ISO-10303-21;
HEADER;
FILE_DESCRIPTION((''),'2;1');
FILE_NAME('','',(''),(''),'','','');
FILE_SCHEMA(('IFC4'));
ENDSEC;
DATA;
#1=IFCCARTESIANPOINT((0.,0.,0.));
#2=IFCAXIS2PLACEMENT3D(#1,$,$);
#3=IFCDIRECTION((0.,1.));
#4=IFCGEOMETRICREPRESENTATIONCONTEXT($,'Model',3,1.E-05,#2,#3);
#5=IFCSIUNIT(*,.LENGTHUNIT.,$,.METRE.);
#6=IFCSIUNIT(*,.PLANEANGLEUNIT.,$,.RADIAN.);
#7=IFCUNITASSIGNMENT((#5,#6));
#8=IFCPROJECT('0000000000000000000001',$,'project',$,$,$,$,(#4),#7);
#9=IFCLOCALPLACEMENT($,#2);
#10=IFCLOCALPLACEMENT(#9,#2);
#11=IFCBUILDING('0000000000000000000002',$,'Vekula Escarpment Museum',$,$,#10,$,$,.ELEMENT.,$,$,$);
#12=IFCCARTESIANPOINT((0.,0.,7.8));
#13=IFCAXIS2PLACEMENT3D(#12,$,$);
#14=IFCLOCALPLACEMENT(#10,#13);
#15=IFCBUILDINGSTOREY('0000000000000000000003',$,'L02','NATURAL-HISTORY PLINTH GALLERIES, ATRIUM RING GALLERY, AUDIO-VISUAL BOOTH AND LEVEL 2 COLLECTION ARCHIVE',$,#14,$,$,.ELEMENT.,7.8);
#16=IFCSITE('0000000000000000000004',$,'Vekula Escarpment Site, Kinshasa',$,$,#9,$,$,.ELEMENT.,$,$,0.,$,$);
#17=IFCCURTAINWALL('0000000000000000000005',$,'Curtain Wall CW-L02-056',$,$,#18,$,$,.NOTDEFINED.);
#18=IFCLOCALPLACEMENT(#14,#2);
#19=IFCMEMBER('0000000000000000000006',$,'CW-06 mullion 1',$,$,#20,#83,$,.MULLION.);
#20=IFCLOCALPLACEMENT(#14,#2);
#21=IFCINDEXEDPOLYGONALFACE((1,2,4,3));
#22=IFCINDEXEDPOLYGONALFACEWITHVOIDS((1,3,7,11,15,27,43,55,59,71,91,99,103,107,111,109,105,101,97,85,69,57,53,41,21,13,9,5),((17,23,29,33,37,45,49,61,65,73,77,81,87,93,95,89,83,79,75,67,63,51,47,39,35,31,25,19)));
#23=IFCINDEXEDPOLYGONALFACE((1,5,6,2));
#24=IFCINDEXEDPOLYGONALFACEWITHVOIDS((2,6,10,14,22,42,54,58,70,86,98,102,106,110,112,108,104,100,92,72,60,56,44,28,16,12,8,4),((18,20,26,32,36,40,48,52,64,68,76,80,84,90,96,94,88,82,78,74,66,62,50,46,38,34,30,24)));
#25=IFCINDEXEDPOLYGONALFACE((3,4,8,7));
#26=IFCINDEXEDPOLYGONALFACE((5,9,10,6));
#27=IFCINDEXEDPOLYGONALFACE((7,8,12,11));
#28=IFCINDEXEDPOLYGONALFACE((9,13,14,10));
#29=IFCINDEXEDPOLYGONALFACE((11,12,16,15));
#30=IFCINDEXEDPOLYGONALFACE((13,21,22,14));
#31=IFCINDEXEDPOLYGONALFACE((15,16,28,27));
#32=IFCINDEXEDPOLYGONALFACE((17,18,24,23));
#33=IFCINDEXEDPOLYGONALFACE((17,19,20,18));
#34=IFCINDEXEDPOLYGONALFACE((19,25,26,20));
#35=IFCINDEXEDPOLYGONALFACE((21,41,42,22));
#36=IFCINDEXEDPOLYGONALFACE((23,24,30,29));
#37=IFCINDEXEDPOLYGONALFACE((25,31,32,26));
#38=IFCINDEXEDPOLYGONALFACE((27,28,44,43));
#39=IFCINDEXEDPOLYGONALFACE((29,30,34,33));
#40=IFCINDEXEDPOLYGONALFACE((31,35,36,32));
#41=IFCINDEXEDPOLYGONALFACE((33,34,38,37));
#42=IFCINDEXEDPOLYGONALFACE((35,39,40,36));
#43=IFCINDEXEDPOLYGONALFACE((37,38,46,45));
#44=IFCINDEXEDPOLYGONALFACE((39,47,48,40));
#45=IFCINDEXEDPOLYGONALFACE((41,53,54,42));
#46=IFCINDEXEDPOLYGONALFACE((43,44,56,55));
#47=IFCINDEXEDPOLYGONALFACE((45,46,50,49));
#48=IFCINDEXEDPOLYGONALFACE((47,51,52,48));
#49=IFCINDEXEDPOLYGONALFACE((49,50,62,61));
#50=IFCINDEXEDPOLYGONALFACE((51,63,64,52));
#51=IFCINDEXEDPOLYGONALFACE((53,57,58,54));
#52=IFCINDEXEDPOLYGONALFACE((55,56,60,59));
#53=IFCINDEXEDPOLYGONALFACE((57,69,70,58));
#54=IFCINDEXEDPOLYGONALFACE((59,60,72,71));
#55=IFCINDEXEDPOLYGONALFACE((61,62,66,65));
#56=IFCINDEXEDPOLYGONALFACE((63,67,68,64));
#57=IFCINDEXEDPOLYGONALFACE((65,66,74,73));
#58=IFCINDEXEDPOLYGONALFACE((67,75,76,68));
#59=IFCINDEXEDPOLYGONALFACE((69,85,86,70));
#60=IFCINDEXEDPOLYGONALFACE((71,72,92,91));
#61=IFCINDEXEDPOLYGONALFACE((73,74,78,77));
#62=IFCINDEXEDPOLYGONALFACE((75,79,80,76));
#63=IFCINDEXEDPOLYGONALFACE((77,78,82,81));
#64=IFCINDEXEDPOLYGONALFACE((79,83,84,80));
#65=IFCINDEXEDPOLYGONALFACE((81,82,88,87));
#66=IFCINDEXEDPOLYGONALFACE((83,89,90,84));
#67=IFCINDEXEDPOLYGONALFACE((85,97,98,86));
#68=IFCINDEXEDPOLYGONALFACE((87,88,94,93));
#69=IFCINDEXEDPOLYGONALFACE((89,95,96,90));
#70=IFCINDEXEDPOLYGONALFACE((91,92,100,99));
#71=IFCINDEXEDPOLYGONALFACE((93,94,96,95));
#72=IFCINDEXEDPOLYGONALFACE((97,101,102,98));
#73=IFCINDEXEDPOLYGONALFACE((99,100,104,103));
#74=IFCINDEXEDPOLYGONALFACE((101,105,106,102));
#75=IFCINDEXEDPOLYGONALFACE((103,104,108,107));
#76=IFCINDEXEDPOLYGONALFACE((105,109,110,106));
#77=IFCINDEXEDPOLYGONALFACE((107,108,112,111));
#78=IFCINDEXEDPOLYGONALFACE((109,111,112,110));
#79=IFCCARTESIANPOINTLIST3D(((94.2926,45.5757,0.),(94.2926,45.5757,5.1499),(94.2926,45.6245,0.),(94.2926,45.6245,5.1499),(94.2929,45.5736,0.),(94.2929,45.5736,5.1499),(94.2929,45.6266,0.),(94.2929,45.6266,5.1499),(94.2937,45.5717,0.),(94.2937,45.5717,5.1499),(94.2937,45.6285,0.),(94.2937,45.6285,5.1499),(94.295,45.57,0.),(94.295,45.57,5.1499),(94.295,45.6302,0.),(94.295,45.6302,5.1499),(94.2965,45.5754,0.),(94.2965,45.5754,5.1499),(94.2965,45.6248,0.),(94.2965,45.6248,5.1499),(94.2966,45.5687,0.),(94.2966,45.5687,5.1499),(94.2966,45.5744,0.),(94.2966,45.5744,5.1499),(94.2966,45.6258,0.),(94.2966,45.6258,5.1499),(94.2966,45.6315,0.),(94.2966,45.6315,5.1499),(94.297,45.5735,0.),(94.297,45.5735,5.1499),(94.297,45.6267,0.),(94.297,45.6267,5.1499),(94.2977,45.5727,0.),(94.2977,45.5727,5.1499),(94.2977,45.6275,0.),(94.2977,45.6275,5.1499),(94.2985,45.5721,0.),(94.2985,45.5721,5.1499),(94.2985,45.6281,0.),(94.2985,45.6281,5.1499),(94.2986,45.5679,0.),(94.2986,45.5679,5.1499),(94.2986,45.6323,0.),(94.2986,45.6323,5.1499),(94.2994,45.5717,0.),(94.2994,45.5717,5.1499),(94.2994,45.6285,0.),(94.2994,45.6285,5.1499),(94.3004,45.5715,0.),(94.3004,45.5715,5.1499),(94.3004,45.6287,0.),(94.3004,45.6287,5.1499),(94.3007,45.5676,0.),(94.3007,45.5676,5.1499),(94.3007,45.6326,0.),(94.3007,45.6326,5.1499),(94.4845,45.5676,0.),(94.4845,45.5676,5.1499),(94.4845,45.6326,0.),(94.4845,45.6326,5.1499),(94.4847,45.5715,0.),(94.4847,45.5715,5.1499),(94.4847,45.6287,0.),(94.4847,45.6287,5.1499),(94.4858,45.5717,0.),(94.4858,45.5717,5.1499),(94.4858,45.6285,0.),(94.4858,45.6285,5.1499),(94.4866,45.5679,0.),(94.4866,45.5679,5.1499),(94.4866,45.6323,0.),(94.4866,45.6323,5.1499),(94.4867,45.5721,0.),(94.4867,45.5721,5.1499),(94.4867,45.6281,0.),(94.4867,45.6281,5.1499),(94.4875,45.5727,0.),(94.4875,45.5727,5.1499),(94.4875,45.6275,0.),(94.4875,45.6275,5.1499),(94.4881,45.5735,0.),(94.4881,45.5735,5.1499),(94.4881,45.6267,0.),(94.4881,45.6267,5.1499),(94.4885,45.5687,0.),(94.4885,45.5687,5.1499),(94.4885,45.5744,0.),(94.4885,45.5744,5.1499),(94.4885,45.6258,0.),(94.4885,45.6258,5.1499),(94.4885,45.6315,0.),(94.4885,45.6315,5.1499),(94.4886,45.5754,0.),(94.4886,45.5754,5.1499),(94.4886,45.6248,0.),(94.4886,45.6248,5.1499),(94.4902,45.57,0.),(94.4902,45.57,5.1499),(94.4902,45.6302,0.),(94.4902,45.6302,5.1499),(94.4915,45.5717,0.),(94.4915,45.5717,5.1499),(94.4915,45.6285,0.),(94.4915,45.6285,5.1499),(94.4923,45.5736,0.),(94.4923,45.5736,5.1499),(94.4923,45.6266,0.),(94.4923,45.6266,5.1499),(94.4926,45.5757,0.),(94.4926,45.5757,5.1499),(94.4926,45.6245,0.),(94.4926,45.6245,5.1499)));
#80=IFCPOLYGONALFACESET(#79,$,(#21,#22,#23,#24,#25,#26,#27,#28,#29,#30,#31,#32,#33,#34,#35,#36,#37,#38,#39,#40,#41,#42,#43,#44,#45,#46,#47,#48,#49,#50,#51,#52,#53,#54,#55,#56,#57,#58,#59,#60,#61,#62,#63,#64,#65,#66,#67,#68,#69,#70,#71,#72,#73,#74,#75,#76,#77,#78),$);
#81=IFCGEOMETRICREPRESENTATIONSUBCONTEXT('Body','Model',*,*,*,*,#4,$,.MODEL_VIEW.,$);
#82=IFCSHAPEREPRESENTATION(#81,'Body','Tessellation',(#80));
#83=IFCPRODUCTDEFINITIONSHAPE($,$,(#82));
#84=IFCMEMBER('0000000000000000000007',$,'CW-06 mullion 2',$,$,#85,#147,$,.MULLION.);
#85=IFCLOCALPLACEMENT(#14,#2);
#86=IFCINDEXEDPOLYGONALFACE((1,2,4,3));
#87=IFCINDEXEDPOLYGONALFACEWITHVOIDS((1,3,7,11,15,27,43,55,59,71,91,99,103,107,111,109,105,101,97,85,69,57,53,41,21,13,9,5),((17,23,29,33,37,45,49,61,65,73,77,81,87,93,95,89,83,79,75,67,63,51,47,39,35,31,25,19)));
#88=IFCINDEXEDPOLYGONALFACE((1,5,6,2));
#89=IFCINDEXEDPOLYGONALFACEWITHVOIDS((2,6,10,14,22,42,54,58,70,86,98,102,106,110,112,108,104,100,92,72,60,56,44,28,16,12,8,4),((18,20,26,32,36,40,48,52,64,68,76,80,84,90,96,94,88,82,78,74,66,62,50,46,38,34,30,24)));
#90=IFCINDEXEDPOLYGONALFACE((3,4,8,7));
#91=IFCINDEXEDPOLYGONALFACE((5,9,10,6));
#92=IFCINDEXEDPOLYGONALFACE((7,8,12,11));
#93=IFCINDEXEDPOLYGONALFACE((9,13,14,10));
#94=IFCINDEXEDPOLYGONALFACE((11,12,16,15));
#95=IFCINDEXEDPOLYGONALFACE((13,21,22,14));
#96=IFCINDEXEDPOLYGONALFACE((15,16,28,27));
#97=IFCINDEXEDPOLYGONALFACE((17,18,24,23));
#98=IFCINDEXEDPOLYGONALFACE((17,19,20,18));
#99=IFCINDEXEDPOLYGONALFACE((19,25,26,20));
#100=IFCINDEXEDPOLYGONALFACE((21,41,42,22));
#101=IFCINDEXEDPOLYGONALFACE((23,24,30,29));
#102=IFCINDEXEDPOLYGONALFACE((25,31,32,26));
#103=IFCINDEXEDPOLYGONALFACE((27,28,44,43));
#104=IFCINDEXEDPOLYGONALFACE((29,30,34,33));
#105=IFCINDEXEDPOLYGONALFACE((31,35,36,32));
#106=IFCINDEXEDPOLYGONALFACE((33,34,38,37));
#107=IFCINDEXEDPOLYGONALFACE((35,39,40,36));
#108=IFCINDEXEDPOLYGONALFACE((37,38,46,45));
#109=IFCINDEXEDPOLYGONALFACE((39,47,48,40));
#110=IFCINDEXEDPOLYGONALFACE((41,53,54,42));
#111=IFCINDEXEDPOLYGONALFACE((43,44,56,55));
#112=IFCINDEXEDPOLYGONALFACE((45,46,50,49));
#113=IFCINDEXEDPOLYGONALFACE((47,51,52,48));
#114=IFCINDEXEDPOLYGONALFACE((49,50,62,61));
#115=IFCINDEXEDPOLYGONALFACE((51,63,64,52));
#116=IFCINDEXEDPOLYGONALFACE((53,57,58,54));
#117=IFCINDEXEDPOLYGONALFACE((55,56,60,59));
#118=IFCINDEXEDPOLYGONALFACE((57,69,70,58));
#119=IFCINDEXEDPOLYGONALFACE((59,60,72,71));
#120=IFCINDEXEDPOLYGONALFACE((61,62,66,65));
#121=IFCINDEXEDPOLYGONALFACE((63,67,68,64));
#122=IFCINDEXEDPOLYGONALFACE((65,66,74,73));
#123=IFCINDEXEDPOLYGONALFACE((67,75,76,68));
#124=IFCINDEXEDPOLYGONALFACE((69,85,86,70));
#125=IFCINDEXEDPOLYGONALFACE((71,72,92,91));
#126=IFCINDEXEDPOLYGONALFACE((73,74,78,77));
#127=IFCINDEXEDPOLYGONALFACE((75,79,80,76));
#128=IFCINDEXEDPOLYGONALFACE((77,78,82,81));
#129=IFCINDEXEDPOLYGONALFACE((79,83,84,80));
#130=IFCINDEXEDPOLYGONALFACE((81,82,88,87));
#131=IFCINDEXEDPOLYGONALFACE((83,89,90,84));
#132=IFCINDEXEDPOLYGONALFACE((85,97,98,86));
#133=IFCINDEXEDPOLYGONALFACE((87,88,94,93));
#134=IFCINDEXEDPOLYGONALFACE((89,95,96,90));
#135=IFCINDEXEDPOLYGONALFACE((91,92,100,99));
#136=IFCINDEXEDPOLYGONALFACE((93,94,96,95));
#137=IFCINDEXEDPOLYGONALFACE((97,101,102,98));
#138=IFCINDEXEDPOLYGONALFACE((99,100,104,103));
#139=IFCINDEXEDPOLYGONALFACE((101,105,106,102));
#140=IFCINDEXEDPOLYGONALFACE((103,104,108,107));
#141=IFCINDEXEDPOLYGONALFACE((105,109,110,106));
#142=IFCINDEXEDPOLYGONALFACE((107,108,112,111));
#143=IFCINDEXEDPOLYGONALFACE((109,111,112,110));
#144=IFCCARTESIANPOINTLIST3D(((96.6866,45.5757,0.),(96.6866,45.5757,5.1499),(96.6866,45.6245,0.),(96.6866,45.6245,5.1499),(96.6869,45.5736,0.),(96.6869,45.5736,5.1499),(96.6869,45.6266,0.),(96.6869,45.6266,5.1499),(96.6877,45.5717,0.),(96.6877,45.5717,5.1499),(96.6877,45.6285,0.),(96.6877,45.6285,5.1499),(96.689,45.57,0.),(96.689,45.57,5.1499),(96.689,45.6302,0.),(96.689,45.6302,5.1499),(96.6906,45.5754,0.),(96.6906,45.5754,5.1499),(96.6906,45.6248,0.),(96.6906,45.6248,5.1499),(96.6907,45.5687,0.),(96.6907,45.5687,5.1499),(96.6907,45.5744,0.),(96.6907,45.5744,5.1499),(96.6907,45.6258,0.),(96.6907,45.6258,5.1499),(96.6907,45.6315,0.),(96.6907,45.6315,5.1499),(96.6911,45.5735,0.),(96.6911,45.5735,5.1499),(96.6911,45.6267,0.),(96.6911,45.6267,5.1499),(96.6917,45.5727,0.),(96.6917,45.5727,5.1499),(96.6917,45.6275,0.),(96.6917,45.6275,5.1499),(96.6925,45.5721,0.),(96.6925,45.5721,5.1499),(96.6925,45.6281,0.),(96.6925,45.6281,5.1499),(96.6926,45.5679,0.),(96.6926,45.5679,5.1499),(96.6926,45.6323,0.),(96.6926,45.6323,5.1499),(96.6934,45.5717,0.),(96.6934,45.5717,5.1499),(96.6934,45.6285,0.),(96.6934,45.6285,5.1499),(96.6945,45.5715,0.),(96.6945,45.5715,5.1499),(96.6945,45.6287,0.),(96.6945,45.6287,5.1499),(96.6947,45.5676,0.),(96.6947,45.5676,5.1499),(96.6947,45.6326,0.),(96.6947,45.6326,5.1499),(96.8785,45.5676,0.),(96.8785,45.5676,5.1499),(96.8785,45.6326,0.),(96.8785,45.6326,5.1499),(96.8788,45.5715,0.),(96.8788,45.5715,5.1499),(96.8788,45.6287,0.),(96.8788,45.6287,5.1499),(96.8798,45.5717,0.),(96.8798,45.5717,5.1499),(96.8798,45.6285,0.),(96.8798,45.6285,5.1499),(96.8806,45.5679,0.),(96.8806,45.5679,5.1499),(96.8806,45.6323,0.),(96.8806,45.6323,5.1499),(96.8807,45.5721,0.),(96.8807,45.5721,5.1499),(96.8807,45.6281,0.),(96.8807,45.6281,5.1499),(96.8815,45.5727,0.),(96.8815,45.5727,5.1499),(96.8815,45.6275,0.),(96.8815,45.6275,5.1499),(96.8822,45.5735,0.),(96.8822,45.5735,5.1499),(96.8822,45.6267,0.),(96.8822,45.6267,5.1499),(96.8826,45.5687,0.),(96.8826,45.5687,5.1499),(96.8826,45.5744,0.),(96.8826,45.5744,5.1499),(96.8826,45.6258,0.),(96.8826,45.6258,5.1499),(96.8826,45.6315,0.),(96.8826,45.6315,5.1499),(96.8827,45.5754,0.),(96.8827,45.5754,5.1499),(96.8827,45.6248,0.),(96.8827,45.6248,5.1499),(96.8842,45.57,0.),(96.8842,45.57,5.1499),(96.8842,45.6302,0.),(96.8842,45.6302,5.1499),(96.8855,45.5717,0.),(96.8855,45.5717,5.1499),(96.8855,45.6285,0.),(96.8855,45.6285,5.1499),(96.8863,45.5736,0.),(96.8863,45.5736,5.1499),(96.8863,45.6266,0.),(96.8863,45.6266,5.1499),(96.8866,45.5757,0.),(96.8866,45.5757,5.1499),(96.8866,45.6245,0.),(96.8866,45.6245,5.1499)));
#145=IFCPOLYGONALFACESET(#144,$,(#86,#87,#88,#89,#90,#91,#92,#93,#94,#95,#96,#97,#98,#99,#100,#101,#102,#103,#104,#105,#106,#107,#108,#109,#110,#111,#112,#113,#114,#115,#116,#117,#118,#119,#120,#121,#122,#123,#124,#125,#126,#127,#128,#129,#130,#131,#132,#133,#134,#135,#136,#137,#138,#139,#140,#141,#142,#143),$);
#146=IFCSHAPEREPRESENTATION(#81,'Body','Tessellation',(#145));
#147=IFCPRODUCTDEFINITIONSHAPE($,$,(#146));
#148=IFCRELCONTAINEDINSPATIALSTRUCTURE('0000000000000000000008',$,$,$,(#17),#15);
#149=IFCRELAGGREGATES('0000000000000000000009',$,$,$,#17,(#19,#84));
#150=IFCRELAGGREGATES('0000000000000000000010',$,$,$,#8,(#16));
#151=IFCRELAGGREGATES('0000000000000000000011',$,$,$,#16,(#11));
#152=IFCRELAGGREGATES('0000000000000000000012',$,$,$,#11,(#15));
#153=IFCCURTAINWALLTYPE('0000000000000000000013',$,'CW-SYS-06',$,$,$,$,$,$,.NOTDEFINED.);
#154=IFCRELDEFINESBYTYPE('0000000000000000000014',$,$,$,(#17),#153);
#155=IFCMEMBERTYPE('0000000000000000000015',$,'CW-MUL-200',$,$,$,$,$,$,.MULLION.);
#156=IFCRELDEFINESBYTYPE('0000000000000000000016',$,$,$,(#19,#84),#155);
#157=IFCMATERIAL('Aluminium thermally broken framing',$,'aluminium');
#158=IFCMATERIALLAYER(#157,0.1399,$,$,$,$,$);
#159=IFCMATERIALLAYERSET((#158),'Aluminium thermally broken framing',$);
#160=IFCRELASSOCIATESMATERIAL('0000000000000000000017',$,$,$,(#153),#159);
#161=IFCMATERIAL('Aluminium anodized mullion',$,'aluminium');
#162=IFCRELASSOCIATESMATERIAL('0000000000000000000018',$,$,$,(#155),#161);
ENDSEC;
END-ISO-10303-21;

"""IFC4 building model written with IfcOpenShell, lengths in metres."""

from ifc_helpers import new_model, si_unit, direction, frame, origin, origin_2d, place, context, subcontext, project, spatial, hollow_rectangle, extrude, material, layer, layer_set, material_profile, profile_set, type_object, element, aggregate, save


model = new_model("IFC4")

# Units and contexts
model_context = context("Model", 3, precision=1e-05, world=origin(), true_north=direction((0.0, 1.0)))
body_context = subcontext(model_context, "Body", "Model", "MODEL_VIEW")
ifc_project = project(units=[si_unit("LENGTHUNIT", "METRE"), si_unit("PLANEANGLEUNIT", "RADIAN")], contexts=[model_context])

# Site, building, storey
site_placement = place(None, origin())
site = spatial("IfcSite", under=ifc_project, at=site_placement, Name="Vekula Escarpment Site, Kinshasa", CompositionType="ELEMENT", RefElevation=0.0)
building_placement = place(site_placement, origin())
building = spatial("IfcBuilding", under=site, at=building_placement, Name="Vekula Escarpment Museum", CompositionType="ELEMENT")
storey_placement = place(building_placement, frame((0.0, 0.0, 7.8)))
storey = spatial("IfcBuildingStorey", under=building, at=storey_placement, Name="L02", Description="NATURAL-HISTORY PLINTH GALLERIES, ATRIUM RING GALLERY, AUDIO-VISUAL BOOTH AND LEVEL 2 COLLECTION ARCHIVE", CompositionType="ELEMENT", Elevation=7.8)

# Curtain wall, members
ifc_material_1 = material(Name="Aluminium thermally broken framing", Category="aluminium")
ifc_layer_1 = layer(ifc_material_1, 0.1399)
ifc_layer_set_1 = layer_set([ifc_layer_1], Name="Aluminium thermally broken framing")
curtain_wall_type_1 = type_object("IfcCurtainWallType", Name="CW-SYS-06", PredefinedType="NOTDEFINED", material=ifc_layer_set_1)
curtain_wall_1_placement = place(storey_placement, origin())
curtain_wall_1 = element("IfcCurtainWall", 1, at=curtain_wall_1_placement, inside=storey, type_object=curtain_wall_type_1, Name="Curtain Wall CW-L02-056", PredefinedType="NOTDEFINED")
ifc_material_2 = material(Name="Aluminium anodized mullion", Category="aluminium")
ifc_material_profile_1 = material_profile(ifc_material_2, hollow_rectangle(XDim=0.0649, YDim=0.2, WallThickness=0.0039, InnerFilletRadius=0.0039, OuterFilletRadius=0.0081, at=origin_2d()), Name="ALU 200x65x4")
ifc_profile_set_1 = profile_set([ifc_material_profile_1], Name="Aluminium anodized mullion")
member_type_1 = type_object("IfcMemberType", Name="CW-MUL-200", PredefinedType="MULLION", material=ifc_profile_set_1)
member_1_placement = place(storey_placement, frame((94.3926, 45.6001, 0.0), z_axis=(0.0, 0.0, 1.0), x_axis=(0.0, 1.0, 0.0)))
member_1 = element("IfcMember", 2, at=member_1_placement, type_object=member_type_1, Name="CW-06 mullion 1", PredefinedType="MULLION", context=body_context, shape_type="SweptSolid", body=[
    extrude(hollow_rectangle(XDim=0.0649, YDim=0.2, WallThickness=0.0039, InnerFilletRadius=0.0039, OuterFilletRadius=0.0081, at=origin_2d()), origin(), (0.0, 0.0, 1.0), 5.1499),
])
member_2_placement = place(storey_placement, frame((96.7866, 45.6001, 0.0), z_axis=(0.0, 0.0, 1.0), x_axis=(0.0, 1.0, 0.0)))
member_2 = element("IfcMember", 3, at=member_2_placement, type_object=member_type_1, Name="CW-06 mullion 2", PredefinedType="MULLION", context=body_context, shape_type="SweptSolid", body=[
    extrude(hollow_rectangle(XDim=0.0649, YDim=0.2, WallThickness=0.0039, InnerFilletRadius=0.0039, OuterFilletRadius=0.0081, at=origin_2d()), origin(), (0.0, 0.0, 1.0), 5.1499),
])

aggregate(curtain_wall_1, [member_1, member_2])

save(model, "model.ifc")
